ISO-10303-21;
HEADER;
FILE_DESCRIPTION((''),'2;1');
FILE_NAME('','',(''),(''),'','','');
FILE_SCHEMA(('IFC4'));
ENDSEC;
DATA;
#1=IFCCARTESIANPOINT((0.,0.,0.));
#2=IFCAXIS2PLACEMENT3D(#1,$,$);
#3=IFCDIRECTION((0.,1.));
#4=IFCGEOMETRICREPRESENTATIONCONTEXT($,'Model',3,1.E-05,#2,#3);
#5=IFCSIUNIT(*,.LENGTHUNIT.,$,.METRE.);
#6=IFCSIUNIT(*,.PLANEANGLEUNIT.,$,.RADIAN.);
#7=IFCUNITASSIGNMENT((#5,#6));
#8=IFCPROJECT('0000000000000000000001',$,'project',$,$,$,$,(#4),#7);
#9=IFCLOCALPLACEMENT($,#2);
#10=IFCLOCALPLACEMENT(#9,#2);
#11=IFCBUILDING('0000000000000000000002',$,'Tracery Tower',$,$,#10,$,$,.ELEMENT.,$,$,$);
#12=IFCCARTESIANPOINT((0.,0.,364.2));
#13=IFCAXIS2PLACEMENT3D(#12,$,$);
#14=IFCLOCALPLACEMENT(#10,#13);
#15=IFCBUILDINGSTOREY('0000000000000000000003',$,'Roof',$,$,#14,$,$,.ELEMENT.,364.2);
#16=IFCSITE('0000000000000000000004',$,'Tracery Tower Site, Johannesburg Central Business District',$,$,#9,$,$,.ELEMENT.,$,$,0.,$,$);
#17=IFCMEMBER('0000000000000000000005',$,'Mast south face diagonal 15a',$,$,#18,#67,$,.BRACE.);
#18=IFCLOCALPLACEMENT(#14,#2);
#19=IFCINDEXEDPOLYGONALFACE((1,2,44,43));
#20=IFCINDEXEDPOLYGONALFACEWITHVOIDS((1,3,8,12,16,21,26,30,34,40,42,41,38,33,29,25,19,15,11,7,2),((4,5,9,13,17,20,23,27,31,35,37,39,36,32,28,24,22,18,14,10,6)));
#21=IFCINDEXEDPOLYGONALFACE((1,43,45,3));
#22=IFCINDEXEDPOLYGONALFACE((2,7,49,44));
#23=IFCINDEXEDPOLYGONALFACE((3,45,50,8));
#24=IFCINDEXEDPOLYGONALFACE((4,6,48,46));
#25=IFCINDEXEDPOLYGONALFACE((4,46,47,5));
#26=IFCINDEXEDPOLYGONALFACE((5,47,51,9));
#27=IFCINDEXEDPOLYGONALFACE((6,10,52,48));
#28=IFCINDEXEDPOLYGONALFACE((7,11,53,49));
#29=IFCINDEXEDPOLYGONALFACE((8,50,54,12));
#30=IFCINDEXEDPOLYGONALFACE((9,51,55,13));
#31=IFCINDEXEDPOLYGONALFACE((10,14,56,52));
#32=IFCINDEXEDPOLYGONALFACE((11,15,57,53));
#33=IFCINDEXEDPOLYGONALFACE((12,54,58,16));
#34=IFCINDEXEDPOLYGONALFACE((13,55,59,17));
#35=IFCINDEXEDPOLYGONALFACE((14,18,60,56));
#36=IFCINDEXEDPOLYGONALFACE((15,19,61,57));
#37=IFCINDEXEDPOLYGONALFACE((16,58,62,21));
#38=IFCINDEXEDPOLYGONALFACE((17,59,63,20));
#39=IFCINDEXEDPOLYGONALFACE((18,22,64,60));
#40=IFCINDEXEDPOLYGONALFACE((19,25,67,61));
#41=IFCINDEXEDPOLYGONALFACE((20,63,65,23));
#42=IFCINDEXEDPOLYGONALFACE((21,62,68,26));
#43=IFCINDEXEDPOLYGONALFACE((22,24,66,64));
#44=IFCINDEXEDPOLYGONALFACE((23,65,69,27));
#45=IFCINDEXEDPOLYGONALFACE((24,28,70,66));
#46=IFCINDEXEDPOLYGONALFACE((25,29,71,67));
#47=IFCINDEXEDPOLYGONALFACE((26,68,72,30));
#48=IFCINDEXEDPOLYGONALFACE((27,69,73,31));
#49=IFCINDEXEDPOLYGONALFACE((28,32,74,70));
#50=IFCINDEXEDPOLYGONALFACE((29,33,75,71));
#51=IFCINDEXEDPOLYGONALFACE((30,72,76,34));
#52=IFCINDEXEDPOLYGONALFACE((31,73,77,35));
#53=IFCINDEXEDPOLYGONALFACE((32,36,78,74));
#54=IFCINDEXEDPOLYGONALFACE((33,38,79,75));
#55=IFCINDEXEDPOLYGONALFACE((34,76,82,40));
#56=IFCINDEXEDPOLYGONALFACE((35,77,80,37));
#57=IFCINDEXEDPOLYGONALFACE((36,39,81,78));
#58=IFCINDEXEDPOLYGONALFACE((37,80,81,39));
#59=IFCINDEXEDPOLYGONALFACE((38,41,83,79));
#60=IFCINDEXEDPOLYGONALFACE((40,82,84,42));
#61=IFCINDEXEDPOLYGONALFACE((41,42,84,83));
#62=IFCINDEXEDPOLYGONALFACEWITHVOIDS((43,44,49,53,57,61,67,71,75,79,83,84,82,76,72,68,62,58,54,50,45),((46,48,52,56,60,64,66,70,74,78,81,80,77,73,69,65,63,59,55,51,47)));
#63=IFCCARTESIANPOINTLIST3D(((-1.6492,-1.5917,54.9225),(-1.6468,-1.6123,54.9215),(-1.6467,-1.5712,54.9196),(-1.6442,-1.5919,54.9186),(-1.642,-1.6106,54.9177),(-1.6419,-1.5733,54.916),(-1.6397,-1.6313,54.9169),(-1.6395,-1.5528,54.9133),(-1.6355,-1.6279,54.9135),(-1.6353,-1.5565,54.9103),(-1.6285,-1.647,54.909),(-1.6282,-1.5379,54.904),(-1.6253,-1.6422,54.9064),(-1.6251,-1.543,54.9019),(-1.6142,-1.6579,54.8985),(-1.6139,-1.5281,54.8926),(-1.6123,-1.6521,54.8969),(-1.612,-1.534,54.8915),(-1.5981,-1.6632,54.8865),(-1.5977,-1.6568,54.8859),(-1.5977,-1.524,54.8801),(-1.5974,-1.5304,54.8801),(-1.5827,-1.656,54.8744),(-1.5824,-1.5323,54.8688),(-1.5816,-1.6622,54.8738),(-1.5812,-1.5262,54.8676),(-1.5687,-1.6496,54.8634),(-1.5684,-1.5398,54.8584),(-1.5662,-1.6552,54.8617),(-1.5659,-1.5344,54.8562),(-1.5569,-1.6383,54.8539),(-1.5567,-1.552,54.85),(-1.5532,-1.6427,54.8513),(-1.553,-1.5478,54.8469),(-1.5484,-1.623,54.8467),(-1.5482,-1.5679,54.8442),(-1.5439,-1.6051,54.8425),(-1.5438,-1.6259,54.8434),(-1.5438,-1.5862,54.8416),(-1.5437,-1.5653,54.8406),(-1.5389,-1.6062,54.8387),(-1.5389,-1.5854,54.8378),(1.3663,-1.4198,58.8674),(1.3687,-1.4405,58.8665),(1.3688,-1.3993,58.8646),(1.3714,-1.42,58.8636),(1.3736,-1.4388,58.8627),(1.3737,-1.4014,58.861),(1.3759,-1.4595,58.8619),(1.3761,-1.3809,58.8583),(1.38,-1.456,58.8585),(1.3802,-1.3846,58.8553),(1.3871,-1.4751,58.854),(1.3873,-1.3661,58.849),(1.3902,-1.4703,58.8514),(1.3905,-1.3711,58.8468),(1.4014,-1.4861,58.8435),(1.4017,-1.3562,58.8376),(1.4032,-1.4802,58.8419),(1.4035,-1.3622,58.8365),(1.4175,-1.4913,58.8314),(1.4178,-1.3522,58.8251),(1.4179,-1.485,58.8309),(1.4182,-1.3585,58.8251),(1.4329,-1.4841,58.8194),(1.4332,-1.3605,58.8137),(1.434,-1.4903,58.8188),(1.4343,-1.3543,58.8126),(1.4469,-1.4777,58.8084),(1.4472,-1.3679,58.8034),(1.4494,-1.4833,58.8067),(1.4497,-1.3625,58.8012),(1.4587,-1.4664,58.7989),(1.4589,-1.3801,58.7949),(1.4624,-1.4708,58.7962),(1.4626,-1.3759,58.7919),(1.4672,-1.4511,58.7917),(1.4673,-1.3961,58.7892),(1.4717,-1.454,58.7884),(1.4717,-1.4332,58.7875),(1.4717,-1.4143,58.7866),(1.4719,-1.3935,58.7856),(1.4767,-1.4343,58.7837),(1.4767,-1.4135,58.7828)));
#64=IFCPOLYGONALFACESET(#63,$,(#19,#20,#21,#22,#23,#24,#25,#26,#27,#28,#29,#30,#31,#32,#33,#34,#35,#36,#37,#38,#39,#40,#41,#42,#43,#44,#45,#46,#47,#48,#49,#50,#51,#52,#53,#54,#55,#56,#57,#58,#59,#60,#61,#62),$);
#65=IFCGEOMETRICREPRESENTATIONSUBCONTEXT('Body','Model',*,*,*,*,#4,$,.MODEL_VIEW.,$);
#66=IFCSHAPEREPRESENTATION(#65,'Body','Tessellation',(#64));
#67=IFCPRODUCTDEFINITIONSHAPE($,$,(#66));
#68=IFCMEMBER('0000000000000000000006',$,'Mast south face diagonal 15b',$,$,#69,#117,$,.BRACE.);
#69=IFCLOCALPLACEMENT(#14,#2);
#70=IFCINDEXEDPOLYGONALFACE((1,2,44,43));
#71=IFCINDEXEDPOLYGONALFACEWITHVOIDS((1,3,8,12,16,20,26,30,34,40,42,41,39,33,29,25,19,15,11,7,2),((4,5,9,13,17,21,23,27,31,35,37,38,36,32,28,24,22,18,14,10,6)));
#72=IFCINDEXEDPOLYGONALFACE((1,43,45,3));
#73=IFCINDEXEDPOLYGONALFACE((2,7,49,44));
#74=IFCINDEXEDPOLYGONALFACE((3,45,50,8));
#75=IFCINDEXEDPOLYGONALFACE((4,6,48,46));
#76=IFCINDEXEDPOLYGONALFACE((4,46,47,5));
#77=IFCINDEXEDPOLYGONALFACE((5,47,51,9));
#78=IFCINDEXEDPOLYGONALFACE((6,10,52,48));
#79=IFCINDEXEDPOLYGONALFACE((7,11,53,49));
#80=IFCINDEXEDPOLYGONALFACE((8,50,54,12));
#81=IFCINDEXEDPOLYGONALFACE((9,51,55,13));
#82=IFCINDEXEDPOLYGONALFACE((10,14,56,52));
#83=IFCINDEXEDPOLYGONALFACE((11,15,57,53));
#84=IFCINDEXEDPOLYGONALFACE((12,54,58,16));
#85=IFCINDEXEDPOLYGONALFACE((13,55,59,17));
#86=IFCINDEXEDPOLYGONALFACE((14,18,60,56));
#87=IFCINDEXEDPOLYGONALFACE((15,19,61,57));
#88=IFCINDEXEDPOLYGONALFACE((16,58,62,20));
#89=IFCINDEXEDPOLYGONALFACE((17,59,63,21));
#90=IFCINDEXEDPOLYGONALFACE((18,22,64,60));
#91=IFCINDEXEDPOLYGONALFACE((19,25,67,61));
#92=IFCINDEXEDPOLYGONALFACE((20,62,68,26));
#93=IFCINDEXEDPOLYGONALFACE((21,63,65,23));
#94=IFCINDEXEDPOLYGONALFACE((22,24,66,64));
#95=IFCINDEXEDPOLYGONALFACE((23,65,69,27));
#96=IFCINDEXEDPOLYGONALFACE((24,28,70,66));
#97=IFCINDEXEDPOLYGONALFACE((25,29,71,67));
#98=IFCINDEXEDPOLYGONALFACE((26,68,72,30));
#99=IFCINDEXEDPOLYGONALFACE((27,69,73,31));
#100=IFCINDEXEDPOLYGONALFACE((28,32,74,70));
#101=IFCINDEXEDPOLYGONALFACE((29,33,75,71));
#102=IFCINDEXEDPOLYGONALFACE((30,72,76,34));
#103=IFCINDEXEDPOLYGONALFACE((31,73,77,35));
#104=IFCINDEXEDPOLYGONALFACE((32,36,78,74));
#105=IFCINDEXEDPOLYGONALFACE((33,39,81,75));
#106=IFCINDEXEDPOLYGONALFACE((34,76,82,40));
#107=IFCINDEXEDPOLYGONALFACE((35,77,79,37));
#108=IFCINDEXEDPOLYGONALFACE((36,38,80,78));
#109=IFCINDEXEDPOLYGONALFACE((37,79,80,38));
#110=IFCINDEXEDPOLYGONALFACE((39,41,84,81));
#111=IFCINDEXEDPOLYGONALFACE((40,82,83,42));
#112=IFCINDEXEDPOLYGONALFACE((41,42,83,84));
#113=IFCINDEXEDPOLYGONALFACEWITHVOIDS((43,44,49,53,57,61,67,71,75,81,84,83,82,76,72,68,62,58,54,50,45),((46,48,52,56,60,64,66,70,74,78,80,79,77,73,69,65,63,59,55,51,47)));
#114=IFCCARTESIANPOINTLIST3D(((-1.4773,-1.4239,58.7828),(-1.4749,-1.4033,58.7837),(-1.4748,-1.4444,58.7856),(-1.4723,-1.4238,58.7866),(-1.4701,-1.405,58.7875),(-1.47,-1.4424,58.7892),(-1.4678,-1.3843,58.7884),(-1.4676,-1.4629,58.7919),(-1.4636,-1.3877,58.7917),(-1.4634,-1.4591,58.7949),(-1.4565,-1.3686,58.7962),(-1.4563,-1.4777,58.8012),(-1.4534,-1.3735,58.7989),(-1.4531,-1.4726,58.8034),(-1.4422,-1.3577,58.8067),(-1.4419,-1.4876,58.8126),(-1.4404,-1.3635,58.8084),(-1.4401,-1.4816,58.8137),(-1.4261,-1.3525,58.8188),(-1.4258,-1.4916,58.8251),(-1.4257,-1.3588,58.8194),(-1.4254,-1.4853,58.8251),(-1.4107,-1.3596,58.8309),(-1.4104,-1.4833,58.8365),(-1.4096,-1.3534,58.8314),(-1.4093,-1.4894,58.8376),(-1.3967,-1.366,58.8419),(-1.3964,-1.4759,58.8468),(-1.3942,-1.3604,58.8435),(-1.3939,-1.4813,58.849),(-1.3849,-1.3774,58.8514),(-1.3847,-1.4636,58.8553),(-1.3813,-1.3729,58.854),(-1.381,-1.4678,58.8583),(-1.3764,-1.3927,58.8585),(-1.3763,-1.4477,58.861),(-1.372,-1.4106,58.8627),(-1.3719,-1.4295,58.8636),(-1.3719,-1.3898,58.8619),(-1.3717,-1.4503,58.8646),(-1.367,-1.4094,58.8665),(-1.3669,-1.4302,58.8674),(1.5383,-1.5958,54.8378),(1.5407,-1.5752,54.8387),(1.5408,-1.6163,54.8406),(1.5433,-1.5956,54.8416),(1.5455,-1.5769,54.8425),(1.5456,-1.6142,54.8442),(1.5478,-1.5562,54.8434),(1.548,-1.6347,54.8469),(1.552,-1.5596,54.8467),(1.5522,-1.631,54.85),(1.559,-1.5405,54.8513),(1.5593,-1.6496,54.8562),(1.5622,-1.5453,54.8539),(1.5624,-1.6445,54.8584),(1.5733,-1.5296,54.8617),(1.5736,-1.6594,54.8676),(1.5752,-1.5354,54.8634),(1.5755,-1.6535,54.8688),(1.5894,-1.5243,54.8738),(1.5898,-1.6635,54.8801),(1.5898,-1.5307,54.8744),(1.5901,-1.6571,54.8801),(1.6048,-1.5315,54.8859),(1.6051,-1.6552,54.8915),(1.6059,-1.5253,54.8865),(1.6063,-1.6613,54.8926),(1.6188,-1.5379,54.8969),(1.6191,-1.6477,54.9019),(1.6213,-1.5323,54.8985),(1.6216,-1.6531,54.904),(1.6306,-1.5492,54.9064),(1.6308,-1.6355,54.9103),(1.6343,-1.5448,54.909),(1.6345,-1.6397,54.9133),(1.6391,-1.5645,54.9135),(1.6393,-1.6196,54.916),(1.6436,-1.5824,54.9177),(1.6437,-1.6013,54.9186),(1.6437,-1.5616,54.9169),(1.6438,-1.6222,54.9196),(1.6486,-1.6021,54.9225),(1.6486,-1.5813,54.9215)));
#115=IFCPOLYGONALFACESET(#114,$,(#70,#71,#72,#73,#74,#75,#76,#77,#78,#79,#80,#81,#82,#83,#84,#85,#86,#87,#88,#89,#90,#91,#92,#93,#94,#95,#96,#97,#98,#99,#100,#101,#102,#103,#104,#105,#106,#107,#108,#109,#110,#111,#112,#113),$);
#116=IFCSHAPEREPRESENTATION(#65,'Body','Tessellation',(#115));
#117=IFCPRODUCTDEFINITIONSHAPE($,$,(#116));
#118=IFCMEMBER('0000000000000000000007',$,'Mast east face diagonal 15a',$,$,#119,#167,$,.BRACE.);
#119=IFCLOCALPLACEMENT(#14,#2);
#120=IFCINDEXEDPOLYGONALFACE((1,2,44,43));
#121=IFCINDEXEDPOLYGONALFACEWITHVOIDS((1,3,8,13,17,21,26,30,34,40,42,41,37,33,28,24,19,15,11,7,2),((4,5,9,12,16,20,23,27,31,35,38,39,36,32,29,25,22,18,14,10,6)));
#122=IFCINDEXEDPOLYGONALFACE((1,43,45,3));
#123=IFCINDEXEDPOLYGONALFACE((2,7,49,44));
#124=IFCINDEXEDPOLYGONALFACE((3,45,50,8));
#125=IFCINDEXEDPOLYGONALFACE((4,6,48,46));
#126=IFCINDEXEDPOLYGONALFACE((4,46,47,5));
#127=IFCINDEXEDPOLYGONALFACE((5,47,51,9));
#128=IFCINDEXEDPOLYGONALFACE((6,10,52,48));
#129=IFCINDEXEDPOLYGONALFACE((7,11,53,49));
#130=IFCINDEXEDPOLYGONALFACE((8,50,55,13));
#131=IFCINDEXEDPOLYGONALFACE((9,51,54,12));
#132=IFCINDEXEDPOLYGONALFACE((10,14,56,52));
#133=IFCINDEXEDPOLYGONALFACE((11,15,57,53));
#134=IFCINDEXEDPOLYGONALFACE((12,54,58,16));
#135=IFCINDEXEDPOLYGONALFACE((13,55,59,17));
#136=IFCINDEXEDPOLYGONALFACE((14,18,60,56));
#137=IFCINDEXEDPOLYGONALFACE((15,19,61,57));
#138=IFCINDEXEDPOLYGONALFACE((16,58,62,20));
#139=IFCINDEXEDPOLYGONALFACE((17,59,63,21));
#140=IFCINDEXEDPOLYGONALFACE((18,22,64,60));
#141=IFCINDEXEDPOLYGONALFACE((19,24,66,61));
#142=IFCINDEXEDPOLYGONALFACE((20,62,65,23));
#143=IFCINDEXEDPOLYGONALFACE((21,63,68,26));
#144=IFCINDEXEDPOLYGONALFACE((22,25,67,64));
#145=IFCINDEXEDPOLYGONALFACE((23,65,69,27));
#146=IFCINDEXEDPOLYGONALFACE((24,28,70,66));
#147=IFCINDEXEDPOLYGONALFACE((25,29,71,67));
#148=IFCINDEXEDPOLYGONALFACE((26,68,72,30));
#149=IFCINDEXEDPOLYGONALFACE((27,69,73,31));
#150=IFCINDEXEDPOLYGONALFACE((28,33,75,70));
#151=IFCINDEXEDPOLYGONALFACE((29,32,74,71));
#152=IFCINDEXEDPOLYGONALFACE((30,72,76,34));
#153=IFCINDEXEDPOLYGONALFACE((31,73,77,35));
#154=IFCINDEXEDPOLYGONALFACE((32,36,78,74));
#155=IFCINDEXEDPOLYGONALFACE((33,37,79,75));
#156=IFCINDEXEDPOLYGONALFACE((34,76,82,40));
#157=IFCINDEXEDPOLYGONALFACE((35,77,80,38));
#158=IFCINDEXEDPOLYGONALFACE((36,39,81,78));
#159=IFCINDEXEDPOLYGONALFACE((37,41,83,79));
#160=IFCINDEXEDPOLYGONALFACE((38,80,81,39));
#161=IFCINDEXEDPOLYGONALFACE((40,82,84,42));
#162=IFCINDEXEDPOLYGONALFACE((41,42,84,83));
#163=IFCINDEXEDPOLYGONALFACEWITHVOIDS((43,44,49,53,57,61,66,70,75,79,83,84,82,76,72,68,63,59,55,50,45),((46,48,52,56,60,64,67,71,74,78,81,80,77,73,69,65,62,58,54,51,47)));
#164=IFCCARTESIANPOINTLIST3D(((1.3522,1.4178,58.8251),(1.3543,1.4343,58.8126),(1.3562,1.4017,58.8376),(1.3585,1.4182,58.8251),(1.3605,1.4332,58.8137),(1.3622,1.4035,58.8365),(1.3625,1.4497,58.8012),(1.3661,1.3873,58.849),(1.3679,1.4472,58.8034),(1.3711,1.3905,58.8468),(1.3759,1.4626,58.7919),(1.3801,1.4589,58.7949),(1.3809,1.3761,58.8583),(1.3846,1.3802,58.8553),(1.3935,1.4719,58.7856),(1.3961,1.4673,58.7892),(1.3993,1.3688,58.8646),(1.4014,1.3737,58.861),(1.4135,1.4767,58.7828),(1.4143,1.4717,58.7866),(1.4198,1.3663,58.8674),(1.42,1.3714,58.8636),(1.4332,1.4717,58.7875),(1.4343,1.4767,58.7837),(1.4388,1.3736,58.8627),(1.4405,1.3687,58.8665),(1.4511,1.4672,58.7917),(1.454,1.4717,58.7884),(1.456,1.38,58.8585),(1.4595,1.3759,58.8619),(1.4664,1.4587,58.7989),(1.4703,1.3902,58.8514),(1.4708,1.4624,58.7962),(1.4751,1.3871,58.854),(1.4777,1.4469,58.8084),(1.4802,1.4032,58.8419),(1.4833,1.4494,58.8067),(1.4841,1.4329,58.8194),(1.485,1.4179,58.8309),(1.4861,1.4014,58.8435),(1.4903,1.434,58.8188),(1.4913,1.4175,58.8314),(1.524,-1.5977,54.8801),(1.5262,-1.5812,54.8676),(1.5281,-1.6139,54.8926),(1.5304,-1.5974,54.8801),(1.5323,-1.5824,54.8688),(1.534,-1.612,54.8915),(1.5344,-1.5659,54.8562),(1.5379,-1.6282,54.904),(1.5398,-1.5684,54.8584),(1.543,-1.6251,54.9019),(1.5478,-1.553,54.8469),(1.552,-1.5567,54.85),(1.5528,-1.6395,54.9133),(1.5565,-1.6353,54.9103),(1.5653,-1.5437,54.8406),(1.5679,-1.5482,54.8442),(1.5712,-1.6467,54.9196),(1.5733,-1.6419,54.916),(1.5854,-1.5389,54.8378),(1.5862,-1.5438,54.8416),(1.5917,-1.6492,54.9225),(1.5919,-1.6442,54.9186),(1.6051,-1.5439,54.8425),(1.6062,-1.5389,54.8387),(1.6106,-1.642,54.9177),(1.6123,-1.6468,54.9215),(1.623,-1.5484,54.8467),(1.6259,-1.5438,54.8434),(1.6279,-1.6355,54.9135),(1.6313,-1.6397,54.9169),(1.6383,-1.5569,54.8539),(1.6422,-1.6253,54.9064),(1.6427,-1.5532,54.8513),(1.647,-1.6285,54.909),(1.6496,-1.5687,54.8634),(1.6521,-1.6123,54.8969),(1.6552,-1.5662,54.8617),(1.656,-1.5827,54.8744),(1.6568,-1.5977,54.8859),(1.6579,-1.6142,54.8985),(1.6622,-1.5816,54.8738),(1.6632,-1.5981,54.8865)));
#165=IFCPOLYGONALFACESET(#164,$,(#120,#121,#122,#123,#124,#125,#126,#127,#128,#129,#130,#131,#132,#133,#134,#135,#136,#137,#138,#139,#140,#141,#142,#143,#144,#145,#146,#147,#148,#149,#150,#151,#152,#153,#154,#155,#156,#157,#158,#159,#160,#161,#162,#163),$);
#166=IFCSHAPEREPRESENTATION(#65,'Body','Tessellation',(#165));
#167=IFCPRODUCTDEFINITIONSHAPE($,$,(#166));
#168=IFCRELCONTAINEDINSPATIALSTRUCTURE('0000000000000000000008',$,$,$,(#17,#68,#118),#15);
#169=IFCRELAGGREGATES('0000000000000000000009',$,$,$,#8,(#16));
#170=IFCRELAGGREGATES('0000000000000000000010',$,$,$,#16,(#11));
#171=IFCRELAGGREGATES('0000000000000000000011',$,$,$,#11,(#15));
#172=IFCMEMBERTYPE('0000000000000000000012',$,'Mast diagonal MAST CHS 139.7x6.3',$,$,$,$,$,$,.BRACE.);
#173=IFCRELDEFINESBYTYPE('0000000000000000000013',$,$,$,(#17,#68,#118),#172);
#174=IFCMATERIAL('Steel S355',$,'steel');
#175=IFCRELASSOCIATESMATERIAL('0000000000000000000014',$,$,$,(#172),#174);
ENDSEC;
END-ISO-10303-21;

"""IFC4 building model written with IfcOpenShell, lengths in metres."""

from ifc_helpers import new_model, si_unit, direction, frame, origin, origin_2d, place, context, subcontext, project, spatial, hollow_circle, extrude, material, material_profile, profile_set, type_object, element, save


model = new_model("IFC4")

# Units and contexts
model_context = context("Model", 3, precision=1e-05, world=origin(), true_north=direction((0.0, 1.0)))
body_context = subcontext(model_context, "Body", "Model", "MODEL_VIEW")
ifc_project = project(units=[si_unit("LENGTHUNIT", "METRE"), si_unit("PLANEANGLEUNIT", "RADIAN")], contexts=[model_context])

# Site, building, storey
site_placement = place(None, origin())
site = spatial("IfcSite", under=ifc_project, at=site_placement, Name="Tracery Tower Site, Johannesburg Central Business District", CompositionType="ELEMENT", RefElevation=0.0)
building_placement = place(site_placement, origin())
building = spatial("IfcBuilding", under=site, at=building_placement, Name="Tracery Tower", CompositionType="ELEMENT")
storey_placement = place(building_placement, frame((0.0, 0.0, 364.2)))
storey = spatial("IfcBuildingStorey", under=building, at=storey_placement, Name="Roof", CompositionType="ELEMENT", Elevation=364.2)

# Members
ifc_material_1 = material(Name="Steel S355", Category="steel")
ifc_material_profile_1 = material_profile(ifc_material_1, hollow_circle(Radius=0.0698, WallThickness=0.0063, at=origin_2d()), Name="CHS 139.7x6.3")
ifc_profile_set_1 = profile_set([ifc_material_profile_1], Name="Steel S355")
member_type_1 = type_object("IfcMemberType", Name="Mast diagonal MAST CHS 139.7x6.3", PredefinedType="BRACE", material=ifc_profile_set_1)
for number, where, z_axis, x_axis, name in (
    (1, (-1.5938, -1.5938, 54.8801), (0.606935, 0.034592, 0.793998), (-0.056902, 0.99838, 0.0), "Mast south face diagonal 15a"),
    (2, (1.5938, -1.5938, 54.8801), (-0.606935, 0.034592, 0.793998), (-0.056902, -0.99838, 0.0), "Mast south face diagonal 15b"),
    (3, (1.5938, -1.5938, 54.8801), (-0.034592, 0.606935, 0.793998), (-0.99838, -0.056902, 0.0), "Mast east face diagonal 15a"),
):
    element("IfcMember", number, at=place(storey_placement, frame(where, z_axis=z_axis, x_axis=x_axis)), inside=storey, type_object=member_type_1, Name=name, PredefinedType="BRACE", context=body_context, shape_type="SweptSolid", body=[
        extrude(hollow_circle(Radius=0.0698, WallThickness=0.0063, at=origin_2d()), origin(), (0.0, 0.0, 1.0), 4.9685),
    ])

save(model, "model.ifc")
